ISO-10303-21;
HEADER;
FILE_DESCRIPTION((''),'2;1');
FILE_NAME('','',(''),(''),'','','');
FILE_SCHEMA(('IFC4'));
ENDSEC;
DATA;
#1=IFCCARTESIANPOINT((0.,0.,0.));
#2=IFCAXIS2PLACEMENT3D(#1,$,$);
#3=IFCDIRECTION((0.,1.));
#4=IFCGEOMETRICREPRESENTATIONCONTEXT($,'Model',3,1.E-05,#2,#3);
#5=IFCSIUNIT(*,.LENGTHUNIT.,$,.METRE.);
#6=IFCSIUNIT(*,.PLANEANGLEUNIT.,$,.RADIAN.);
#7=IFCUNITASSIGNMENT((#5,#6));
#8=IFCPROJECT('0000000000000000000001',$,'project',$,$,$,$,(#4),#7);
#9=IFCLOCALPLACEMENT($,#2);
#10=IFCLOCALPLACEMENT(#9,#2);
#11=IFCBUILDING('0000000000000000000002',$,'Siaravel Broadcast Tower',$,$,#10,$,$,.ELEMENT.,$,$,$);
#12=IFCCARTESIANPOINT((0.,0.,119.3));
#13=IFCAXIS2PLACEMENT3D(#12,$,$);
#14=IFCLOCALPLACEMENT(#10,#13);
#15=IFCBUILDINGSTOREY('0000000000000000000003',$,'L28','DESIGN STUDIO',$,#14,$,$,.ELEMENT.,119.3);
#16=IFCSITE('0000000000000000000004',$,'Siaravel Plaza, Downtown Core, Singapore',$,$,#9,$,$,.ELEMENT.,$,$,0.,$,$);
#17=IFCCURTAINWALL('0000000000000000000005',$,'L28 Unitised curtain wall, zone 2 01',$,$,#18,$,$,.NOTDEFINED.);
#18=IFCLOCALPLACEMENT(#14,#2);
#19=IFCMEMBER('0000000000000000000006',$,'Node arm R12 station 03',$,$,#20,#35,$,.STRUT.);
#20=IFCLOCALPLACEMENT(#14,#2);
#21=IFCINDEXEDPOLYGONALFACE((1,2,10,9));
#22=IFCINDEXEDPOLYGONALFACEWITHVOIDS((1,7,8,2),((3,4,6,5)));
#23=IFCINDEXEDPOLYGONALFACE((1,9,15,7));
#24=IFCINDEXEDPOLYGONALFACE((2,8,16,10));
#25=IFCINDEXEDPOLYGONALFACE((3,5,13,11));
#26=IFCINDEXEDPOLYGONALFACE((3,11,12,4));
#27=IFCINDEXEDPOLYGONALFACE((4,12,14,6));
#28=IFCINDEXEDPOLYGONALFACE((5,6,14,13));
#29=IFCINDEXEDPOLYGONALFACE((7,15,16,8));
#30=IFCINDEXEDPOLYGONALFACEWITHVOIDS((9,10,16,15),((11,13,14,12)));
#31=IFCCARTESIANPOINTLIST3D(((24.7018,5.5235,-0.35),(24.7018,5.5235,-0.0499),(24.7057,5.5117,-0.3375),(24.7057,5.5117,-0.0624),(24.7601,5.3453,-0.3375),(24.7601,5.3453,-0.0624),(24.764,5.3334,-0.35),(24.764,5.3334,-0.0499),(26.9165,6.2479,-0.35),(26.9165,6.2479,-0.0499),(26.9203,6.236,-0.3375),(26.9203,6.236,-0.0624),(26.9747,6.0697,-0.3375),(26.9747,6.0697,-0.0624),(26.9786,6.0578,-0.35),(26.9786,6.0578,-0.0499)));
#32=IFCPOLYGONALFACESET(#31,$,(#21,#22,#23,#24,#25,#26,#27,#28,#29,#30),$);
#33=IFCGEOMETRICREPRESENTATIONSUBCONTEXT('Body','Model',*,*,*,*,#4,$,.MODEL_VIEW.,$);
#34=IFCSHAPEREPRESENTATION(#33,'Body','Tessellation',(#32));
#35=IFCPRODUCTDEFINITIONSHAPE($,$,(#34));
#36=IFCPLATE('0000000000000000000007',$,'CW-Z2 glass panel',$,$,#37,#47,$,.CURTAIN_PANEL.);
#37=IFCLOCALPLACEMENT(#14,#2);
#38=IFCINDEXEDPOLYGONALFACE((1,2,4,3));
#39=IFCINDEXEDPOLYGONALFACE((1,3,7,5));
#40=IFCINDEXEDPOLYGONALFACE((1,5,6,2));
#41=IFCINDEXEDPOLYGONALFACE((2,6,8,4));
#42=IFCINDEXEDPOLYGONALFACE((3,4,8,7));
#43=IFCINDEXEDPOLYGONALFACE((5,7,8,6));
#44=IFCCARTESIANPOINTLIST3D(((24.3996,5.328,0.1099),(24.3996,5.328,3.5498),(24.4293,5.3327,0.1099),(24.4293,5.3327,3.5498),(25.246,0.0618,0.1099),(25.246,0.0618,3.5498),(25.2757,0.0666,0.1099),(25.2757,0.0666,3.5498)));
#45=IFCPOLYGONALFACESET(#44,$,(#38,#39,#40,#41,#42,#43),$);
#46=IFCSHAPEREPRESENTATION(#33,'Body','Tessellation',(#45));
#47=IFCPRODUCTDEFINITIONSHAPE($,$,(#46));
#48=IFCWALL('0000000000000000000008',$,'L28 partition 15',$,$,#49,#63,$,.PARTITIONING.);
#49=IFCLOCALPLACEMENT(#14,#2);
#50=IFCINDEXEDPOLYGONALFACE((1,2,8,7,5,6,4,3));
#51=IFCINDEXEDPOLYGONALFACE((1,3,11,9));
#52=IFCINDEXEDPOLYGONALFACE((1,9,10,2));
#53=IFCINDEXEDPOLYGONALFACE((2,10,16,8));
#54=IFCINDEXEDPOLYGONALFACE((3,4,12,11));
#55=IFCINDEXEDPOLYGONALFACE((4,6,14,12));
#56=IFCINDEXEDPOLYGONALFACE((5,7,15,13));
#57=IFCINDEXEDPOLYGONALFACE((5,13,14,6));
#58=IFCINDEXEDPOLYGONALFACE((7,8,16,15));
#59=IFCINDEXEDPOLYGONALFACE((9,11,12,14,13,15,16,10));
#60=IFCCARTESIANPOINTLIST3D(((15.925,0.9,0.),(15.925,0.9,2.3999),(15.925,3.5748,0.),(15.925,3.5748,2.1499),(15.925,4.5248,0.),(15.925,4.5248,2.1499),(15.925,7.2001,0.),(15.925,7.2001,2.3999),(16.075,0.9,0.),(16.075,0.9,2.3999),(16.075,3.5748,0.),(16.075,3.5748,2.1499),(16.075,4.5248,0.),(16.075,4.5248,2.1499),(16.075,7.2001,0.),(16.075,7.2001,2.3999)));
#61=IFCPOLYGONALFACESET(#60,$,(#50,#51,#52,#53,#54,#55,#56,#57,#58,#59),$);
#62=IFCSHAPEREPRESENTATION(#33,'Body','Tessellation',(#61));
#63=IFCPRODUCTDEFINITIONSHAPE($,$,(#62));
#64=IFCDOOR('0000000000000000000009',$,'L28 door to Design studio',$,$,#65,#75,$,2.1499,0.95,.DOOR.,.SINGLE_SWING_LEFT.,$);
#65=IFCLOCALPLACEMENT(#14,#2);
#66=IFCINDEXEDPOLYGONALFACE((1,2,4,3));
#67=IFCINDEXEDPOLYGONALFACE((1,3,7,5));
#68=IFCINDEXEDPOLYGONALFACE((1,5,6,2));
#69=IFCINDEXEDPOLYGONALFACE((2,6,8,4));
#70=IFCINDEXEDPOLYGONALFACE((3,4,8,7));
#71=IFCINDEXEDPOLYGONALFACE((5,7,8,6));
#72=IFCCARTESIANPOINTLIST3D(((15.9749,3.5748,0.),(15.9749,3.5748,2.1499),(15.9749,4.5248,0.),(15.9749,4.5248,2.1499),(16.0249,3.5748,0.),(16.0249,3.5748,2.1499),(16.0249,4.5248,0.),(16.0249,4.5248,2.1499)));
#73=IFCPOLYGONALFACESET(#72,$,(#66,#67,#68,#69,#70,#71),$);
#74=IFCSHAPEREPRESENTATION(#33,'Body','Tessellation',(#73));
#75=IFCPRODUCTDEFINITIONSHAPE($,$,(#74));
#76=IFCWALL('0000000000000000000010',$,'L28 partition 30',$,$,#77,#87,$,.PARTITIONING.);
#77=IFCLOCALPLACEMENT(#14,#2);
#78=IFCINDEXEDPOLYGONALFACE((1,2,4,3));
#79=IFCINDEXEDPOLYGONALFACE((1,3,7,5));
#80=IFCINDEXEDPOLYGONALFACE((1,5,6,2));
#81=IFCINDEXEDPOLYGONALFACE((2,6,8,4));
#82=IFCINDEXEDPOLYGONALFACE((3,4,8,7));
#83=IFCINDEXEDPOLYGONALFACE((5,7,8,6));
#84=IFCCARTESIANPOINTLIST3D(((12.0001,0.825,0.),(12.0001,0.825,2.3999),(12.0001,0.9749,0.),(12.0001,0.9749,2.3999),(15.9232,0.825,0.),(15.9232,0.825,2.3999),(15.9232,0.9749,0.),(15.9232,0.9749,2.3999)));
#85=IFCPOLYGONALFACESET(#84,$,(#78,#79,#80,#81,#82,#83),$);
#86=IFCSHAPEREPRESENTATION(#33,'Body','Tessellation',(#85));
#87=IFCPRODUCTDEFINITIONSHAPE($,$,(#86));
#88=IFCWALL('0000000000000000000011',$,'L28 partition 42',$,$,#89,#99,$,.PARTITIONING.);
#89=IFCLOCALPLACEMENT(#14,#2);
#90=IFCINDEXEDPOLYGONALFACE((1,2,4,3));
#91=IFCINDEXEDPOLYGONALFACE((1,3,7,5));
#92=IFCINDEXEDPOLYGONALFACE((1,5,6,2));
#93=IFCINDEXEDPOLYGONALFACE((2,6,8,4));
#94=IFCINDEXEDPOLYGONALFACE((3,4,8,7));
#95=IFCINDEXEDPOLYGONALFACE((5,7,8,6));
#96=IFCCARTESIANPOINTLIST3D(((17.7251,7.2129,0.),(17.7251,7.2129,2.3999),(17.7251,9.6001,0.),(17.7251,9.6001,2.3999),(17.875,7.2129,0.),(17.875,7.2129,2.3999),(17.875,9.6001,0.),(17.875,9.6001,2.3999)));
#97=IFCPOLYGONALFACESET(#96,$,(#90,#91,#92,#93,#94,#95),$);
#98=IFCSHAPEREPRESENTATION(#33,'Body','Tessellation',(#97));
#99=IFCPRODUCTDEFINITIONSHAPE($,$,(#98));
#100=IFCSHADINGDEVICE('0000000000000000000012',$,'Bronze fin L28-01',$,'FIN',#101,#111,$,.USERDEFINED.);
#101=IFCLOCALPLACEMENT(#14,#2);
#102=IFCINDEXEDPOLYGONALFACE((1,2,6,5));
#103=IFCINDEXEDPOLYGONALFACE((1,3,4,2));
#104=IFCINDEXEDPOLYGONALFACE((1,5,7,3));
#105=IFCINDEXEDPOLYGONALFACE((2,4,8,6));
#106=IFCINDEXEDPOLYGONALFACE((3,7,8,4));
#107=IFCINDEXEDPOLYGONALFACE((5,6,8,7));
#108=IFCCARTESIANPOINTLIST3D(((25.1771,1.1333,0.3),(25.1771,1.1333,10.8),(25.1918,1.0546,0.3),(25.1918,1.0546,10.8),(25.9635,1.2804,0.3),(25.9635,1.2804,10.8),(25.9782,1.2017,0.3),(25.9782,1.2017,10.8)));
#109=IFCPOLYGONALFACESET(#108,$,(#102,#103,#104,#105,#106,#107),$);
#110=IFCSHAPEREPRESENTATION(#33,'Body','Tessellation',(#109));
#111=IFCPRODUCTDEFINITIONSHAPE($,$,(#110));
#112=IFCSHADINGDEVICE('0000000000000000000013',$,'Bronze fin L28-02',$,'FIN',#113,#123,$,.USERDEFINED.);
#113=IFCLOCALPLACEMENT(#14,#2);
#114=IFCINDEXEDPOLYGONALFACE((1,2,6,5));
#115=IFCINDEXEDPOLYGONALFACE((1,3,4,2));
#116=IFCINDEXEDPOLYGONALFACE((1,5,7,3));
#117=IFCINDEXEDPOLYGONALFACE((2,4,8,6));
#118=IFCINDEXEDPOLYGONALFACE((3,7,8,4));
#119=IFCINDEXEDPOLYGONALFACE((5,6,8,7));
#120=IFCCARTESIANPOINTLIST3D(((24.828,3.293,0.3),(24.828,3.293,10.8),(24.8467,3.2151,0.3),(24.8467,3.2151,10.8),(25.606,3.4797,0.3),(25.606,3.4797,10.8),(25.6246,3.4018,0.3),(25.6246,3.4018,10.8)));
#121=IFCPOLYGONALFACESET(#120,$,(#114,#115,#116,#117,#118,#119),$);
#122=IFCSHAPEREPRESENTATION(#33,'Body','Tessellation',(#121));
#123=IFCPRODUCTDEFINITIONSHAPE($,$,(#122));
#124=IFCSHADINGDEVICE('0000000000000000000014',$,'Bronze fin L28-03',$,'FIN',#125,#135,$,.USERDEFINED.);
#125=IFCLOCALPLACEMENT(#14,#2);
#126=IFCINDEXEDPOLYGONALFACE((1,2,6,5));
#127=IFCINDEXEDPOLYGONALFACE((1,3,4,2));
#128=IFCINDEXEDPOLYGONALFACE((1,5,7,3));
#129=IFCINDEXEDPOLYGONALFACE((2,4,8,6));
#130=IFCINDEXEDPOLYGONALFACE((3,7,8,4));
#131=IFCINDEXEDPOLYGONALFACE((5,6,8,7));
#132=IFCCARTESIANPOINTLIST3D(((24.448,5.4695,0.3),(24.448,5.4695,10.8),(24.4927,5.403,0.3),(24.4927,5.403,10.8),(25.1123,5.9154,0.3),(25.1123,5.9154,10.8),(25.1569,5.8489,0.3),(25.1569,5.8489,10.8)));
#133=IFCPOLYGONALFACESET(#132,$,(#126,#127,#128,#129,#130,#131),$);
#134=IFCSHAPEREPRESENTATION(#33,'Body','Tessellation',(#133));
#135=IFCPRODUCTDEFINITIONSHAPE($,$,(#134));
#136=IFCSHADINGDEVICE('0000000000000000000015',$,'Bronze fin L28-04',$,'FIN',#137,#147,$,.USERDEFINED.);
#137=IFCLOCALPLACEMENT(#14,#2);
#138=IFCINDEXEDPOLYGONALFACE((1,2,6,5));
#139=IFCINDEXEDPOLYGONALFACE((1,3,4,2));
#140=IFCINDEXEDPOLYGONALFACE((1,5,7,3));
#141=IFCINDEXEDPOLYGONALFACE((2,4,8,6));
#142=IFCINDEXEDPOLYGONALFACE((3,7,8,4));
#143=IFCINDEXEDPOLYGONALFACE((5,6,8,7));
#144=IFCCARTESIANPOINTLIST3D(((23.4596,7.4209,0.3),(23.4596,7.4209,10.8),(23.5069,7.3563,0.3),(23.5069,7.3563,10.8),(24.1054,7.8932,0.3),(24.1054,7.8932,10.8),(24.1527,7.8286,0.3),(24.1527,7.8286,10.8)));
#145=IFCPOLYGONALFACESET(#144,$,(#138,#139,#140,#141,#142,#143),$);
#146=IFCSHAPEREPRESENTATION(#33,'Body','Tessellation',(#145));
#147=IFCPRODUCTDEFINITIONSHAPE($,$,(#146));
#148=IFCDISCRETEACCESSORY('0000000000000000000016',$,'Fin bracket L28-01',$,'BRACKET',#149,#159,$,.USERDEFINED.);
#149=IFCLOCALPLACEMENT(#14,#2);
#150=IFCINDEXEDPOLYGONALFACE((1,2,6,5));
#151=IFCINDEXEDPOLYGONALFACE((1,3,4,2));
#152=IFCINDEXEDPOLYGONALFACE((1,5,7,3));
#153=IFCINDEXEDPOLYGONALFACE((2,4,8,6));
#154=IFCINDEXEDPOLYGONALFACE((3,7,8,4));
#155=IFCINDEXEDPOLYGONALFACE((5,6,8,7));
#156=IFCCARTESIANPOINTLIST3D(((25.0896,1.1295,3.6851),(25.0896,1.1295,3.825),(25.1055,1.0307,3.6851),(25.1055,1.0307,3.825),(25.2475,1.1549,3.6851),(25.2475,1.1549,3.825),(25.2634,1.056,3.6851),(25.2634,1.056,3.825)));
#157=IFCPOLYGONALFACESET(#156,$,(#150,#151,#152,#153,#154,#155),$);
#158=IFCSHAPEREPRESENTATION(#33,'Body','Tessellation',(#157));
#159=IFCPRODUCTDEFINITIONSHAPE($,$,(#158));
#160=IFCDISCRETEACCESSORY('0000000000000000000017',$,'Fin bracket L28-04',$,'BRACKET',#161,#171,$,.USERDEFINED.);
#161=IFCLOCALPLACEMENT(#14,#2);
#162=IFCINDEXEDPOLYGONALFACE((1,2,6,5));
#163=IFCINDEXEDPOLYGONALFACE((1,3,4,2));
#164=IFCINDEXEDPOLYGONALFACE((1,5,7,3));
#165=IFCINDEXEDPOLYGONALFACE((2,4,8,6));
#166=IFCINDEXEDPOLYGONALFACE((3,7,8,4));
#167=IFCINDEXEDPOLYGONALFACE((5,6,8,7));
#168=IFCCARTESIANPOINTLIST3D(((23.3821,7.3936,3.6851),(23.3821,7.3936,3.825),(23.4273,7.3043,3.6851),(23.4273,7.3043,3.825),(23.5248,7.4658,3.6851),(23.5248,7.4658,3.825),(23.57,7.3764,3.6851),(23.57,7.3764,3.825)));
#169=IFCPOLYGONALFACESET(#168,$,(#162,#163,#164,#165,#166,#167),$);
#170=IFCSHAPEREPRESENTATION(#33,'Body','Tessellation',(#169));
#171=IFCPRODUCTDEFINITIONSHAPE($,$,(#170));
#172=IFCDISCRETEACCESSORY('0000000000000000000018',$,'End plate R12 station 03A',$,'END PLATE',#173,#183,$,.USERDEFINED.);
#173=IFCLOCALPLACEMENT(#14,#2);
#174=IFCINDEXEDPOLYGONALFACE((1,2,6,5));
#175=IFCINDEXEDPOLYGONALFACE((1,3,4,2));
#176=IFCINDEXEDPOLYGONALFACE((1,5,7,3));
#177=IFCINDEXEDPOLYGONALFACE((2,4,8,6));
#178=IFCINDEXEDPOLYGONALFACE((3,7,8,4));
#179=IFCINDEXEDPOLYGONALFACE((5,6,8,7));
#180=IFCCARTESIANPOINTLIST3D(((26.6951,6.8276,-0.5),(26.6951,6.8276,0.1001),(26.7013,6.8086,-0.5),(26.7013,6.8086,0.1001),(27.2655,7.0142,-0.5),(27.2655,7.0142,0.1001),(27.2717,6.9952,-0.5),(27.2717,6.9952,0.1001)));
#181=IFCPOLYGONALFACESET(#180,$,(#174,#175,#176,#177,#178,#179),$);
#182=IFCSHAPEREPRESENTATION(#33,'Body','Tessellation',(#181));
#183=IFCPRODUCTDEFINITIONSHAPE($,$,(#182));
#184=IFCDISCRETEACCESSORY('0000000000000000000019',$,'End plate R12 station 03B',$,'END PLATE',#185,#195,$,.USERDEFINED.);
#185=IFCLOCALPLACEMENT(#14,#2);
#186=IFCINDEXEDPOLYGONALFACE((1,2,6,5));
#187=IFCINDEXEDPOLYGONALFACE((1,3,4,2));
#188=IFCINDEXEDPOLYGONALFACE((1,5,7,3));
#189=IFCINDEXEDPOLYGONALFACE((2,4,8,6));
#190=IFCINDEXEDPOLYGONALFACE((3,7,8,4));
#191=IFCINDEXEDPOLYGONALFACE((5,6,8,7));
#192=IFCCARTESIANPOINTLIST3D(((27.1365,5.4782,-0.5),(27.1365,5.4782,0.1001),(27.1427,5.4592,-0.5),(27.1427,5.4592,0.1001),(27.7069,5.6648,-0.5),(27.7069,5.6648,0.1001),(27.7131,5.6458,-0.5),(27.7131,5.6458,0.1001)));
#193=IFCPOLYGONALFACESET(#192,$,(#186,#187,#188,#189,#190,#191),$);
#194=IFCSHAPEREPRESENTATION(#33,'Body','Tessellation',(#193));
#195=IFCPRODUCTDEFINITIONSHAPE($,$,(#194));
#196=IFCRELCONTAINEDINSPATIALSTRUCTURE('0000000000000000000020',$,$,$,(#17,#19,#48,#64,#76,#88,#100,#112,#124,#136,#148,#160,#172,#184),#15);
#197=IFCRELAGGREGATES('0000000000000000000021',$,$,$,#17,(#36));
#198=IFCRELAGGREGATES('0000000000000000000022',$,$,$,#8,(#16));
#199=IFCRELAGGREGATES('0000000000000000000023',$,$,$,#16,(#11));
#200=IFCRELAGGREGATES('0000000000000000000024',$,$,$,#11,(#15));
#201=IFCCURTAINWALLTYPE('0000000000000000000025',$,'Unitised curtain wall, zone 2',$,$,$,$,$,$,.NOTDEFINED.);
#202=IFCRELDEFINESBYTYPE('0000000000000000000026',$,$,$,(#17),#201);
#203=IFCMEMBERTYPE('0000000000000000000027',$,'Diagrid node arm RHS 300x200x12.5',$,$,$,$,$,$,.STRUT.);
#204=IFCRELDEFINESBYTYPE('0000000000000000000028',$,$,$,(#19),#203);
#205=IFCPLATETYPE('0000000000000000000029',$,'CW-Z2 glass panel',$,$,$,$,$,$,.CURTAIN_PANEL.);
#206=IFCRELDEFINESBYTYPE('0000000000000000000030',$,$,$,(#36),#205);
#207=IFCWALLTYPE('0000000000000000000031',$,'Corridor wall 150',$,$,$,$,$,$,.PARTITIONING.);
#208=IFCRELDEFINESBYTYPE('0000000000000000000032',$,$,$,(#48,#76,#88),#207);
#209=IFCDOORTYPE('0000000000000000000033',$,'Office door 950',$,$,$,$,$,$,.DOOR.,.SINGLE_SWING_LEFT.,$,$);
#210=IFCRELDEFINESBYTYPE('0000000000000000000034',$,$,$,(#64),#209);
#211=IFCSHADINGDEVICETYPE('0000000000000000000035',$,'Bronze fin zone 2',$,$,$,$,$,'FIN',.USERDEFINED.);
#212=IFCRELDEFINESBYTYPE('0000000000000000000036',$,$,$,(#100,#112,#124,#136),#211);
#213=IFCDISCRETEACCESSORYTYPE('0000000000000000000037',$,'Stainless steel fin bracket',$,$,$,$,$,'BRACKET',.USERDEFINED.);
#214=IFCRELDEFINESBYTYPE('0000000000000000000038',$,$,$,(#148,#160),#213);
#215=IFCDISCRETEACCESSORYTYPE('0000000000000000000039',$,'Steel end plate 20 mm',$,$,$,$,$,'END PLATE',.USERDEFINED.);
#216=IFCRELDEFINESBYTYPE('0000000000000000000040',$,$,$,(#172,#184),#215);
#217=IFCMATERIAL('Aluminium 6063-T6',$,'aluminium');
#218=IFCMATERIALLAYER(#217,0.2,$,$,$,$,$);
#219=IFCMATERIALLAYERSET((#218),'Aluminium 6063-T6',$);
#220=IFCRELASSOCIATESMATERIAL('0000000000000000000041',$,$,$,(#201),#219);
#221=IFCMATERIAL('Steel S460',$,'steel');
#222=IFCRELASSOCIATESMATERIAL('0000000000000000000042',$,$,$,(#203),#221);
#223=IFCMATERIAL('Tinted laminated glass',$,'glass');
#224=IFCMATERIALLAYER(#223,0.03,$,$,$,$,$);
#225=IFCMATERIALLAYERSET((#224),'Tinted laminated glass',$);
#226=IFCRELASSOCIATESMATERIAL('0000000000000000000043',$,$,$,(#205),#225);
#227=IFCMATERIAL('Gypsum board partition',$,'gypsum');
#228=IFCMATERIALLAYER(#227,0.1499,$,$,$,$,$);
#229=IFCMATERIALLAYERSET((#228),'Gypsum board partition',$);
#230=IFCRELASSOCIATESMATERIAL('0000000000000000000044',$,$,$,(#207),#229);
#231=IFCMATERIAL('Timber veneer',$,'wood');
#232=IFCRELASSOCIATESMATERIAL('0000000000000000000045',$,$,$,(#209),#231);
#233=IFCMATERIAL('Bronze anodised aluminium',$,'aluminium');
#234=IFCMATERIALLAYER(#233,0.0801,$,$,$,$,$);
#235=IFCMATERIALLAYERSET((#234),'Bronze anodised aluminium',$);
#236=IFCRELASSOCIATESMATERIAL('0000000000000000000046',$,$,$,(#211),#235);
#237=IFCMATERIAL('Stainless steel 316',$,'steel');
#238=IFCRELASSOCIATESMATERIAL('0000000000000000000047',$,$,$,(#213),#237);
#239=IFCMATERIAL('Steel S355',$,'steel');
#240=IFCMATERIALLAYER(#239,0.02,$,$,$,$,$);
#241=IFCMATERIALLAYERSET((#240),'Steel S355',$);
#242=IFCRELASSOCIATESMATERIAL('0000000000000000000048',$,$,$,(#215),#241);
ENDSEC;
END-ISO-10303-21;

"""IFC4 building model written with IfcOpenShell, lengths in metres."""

from ifc_helpers import new_model, si_unit, direction, frame, frame_2d, origin, origin_2d, place, context, subcontext, project, spatial, rectangle, hollow_rectangle, extrude, material, layer, layer_set, material_profile, profile_set, type_object, element, fill, aggregate, save


model = new_model("IFC4")

# Units and contexts
model_context = context("Model", 3, precision=1e-05, world=origin(), true_north=direction((0.0, 1.0)))
body_context = subcontext(model_context, "Body", "Model", "MODEL_VIEW")
ifc_project = project(units=[si_unit("LENGTHUNIT", "METRE"), si_unit("PLANEANGLEUNIT", "RADIAN")], contexts=[model_context])

# Site, building, storey
site_placement = place(None, origin())
site = spatial("IfcSite", under=ifc_project, at=site_placement, Name="Siaravel Plaza, Downtown Core, Singapore", CompositionType="ELEMENT", RefElevation=0.0)
building_placement = place(site_placement, origin())
building = spatial("IfcBuilding", under=site, at=building_placement, Name="Siaravel Broadcast Tower", CompositionType="ELEMENT")
storey_placement = place(building_placement, frame((0.0, 0.0, 119.3)))
storey = spatial("IfcBuildingStorey", under=building, at=storey_placement, Name="L28", Description="DESIGN STUDIO", CompositionType="ELEMENT", Elevation=119.3)

# Shared definitions
ifc_material_1 = material(Name="Steel S355", Category="steel")

# Curtain wall
ifc_material_2 = material(Name="Aluminium 6063-T6", Category="aluminium")
ifc_layer_1 = layer(ifc_material_2, 0.2)
ifc_layer_set_1 = layer_set([ifc_layer_1], Name="Aluminium 6063-T6")
curtain_wall_type = type_object("IfcCurtainWallType", Name="Unitised curtain wall, zone 2", PredefinedType="NOTDEFINED", material=ifc_layer_set_1)
curtain_wall_placement = place(storey_placement, origin())
curtain_wall = element("IfcCurtainWall", 1, at=curtain_wall_placement, inside=storey, type_object=curtain_wall_type, Name="L28 Unitised curtain wall, zone 2 01", PredefinedType="NOTDEFINED")

# Member
ifc_material_3 = material(Name="Steel S460", Category="steel")
ifc_material_profile_1 = material_profile(ifc_material_3, hollow_rectangle(XDim=0.2, YDim=0.3, WallThickness=0.0125, at=origin_2d()))
ifc_profile_set_1 = profile_set([ifc_material_profile_1], Name="Steel S460")
member_type_1 = type_object("IfcMemberType", Name="Diagrid node arm RHS 300x200x12.5", PredefinedType="STRUT", material=ifc_profile_set_1)
member_1_placement = place(storey_placement, frame((24.7329, 5.4285, -0.2), z_axis=(0.950449, 0.310879, 0.0), x_axis=(-0.310879, 0.950449, 0.0)))
element("IfcMember", 2, at=member_1_placement, inside=storey, type_object=member_type_1, Name="Node arm R12 station 03", PredefinedType="STRUT", context=body_context, shape_type="SweptSolid", body=[
    extrude(hollow_rectangle(XDim=0.2, YDim=0.3, WallThickness=0.0125, at=origin_2d()), origin(), (0.0, 0.0, 1.0), 2.3301),
])

# Plate
ifc_material_4 = material(Name="Tinted laminated glass", Category="glass")
ifc_layer_2 = layer(ifc_material_4, 0.03)
ifc_layer_set_2 = layer_set([ifc_layer_2], Name="Tinted laminated glass")
plate_type = type_object("IfcPlateType", Name="CW-Z2 glass panel", PredefinedType="CURTAIN_PANEL", material=ifc_layer_set_2)
plate_placement = place(storey_placement, frame((24.8376, 2.6973, 0.1099), z_axis=(0.0, 0.0, 1.0), x_axis=(-0.158686, 0.987329, 0.0)))
plate = element("IfcPlate", 3, at=plate_placement, type_object=plate_type, Name="CW-Z2 glass panel", PredefinedType="CURTAIN_PANEL", context=body_context, shape_type="SweptSolid", body=[
    extrude(rectangle(XDim=5.3337, YDim=0.03, at=origin_2d()), origin(), (0.0, 0.0, 1.0), 3.4399),
])
aggregate(curtain_wall, [plate])

# Wall, opening, door
ifc_material_5 = material(Name="Gypsum board partition", Category="gypsum")
ifc_layer_3 = layer(ifc_material_5, 0.1499)
ifc_layer_set_3 = layer_set([ifc_layer_3], Name="Gypsum board partition")
wall_type = type_object("IfcWallType", Name="Corridor wall 150", PredefinedType="PARTITIONING", material=ifc_layer_set_3)
wall_1_placement = place(storey_placement, frame((16.0, 7.2, 0.0), z_axis=(0.0, 0.0, 1.0), x_axis=(0.0, -1.0, 0.0)))
wall_1 = element("IfcWall", 4, at=wall_1_placement, inside=storey, type_object=wall_type, Name="L28 partition 15", PredefinedType="PARTITIONING", context=body_context, shape_type="SweptSolid", body=[
    extrude(rectangle(XDim=6.3, YDim=0.1499, at=frame_2d((3.1499, 0.0))), origin(), (0.0, 0.0, 1.0), 2.3999),
])
opening_placement = place(wall_1_placement, frame((2.675, 0.0, 0.0)))
opening = element("IfcOpeningElement", 5, at=opening_placement, cuts=wall_1, PredefinedType="OPENING", context=body_context, shape_type="SweptSolid", body=[
    extrude(rectangle(XDim=0.95, YDim=2.1499, at=frame_2d((0.4751, 1.075))), frame((0.0, 0.085, 0.0), z_axis=(0.0, -1.0, 0.0), x_axis=(1.0, 0.0, 0.0)), (0.0, 0.0, 1.0), 0.1699),
])
ifc_material_6 = material(Name="Timber veneer", Category="wood")
door_type = type_object("IfcDoorType", Name="Office door 950", OperationType="SINGLE_SWING_LEFT", PredefinedType="DOOR", material=ifc_material_6)
door_placement = place(opening_placement, origin())
door = element("IfcDoor", 6, at=door_placement, inside=storey, type_object=door_type, Name="L28 door to Design studio", OperationType="SINGLE_SWING_LEFT", OverallHeight=2.1499, OverallWidth=0.95, PredefinedType="DOOR", context=body_context, shape_type="SweptSolid", body=[
    extrude(rectangle(XDim=0.95, YDim=2.1499, at=frame_2d((0.4751, 1.075))), frame((0.0, 0.0249, 0.0), z_axis=(0.0, -1.0, 0.0), x_axis=(1.0, 0.0, 0.0)), (0.0, 0.0, 1.0), 0.05),
])
fill(opening, door)

# Walls
wall_2_placement = place(storey_placement, frame((15.9231, 0.8999, 0.0), z_axis=(0.0, 0.0, 1.0), x_axis=(-1.0, 0.0, 0.0)))
element("IfcWall", 7, at=wall_2_placement, inside=storey, type_object=wall_type, Name="L28 partition 30", PredefinedType="PARTITIONING", context=body_context, shape_type="SweptSolid", body=[
    extrude(rectangle(XDim=3.9231, YDim=0.1499, at=frame_2d((1.9614, 0.0))), origin(), (0.0, 0.0, 1.0), 2.3999),
])
wall_3_placement = place(storey_placement, frame((17.8, 7.2129, 0.0), z_axis=(0.0, 0.0, 1.0), x_axis=(0.0, 1.0, 0.0)))
element("IfcWall", 8, at=wall_3_placement, inside=storey, type_object=wall_type, Name="L28 partition 42", PredefinedType="PARTITIONING", context=body_context, shape_type="SweptSolid", body=[
    extrude(rectangle(XDim=2.3872, YDim=0.1499, at=frame_2d((1.1936, 0.0))), origin(), (0.0, 0.0, 1.0), 2.3999),
])

# Shading devices
ifc_material_7 = material(Name="Bronze anodised aluminium", Category="aluminium")
ifc_layer_4 = layer(ifc_material_7, 0.0801)
ifc_layer_set_4 = layer_set([ifc_layer_4], Name="Bronze anodised aluminium")
shading_device_type = type_object("IfcShadingDeviceType", Name="Bronze fin zone 2", ElementType="FIN", PredefinedType="USERDEFINED", material=ifc_layer_set_4)
for number, where, z_axis, x_axis, name in (
    (9, (25.5776, 1.1675, 0.3), (0.0, 0.0, 1.0), (0.982943, 0.18391, 0.0), "Bronze fin L28-01"),
    (10, (25.2263, 3.3474, 0.3), (0.0, 0.0, 1.0), (0.972394, 0.233345, 0.0), "Bronze fin L28-02"),
    (11, (24.8025, 5.6592, 0.3), (0.0, 0.0, 1.0), (0.830273, 0.557357, 0.0), "Bronze fin L28-03"),
    (12, (23.8062, 7.6248, 0.3), (0.0, 0.0, 1.0), (0.807138, 0.590363, 0.0), "Bronze fin L28-04"),
):
    element("IfcShadingDevice", number, at=place(storey_placement, frame(where, z_axis=z_axis, x_axis=x_axis)), inside=storey, type_object=shading_device_type, Name=name, ObjectType="FIN", PredefinedType="USERDEFINED", context=body_context, shape_type="SweptSolid", body=[
        extrude(rectangle(XDim=0.8, YDim=0.0801, at=origin_2d()), origin(), (0.0, 0.0, 1.0), 10.5),
    ])

# Discrete accessories
ifc_material_8 = material(Name="Stainless steel 316", Category="steel")
discrete_accessory_type_1 = type_object("IfcDiscreteAccessoryType", Name="Stainless steel fin bracket", ElementType="BRACKET", PredefinedType="USERDEFINED", material=ifc_material_8)
for number, where, z_axis, x_axis, name in (
    (13, (25.1765, 1.0928, 3.6851), (0.0, 0.0, 1.0), (0.987329, 0.158685, 0.0), "Fin bracket L28-01"),
    (14, (23.4761, 7.385, 3.6851), (0.0, 0.0, 1.0), (0.892392, 0.451261, 0.0), "Fin bracket L28-04"),
):
    element("IfcDiscreteAccessory", number, at=place(storey_placement, frame(where, z_axis=z_axis, x_axis=x_axis)), inside=storey, type_object=discrete_accessory_type_1, Name=name, ObjectType="BRACKET", PredefinedType="USERDEFINED", context=body_context, shape_type="SweptSolid", body=[
        extrude(rectangle(XDim=0.1599, YDim=0.1001, at=origin_2d()), origin(), (0.0, 0.0, 1.0), 0.1399),
    ])
ifc_layer_5 = layer(ifc_material_1, 0.02)
ifc_layer_set_5 = layer_set([ifc_layer_5], Name="Steel S355")
discrete_accessory_type_2 = type_object("IfcDiscreteAccessoryType", Name="Steel end plate 20 mm", ElementType="END PLATE", PredefinedType="USERDEFINED", material=ifc_layer_set_5)
for number, where, z_axis, x_axis, name in (
    (15, (26.9834, 6.9114, -0.5), (0.0, 0.0, 1.0), (-0.310909, 0.95044, 0.0), "End plate R12 station 03A"),
    (16, (27.4248, 5.562, -0.5), (0.0, 0.0, 1.0), (-0.310909, 0.95044, 0.0), "End plate R12 station 03B"),
):
    element("IfcDiscreteAccessory", number, at=place(storey_placement, frame(where, z_axis=z_axis, x_axis=x_axis)), inside=storey, type_object=discrete_accessory_type_2, Name=name, ObjectType="END PLATE", PredefinedType="USERDEFINED", context=body_context, shape_type="SweptSolid", body=[
        extrude(rectangle(XDim=0.02, YDim=0.6001, at=origin_2d()), origin(), (0.0, 0.0, 1.0), 0.6001),
    ])

save(model, "model.ifc")
